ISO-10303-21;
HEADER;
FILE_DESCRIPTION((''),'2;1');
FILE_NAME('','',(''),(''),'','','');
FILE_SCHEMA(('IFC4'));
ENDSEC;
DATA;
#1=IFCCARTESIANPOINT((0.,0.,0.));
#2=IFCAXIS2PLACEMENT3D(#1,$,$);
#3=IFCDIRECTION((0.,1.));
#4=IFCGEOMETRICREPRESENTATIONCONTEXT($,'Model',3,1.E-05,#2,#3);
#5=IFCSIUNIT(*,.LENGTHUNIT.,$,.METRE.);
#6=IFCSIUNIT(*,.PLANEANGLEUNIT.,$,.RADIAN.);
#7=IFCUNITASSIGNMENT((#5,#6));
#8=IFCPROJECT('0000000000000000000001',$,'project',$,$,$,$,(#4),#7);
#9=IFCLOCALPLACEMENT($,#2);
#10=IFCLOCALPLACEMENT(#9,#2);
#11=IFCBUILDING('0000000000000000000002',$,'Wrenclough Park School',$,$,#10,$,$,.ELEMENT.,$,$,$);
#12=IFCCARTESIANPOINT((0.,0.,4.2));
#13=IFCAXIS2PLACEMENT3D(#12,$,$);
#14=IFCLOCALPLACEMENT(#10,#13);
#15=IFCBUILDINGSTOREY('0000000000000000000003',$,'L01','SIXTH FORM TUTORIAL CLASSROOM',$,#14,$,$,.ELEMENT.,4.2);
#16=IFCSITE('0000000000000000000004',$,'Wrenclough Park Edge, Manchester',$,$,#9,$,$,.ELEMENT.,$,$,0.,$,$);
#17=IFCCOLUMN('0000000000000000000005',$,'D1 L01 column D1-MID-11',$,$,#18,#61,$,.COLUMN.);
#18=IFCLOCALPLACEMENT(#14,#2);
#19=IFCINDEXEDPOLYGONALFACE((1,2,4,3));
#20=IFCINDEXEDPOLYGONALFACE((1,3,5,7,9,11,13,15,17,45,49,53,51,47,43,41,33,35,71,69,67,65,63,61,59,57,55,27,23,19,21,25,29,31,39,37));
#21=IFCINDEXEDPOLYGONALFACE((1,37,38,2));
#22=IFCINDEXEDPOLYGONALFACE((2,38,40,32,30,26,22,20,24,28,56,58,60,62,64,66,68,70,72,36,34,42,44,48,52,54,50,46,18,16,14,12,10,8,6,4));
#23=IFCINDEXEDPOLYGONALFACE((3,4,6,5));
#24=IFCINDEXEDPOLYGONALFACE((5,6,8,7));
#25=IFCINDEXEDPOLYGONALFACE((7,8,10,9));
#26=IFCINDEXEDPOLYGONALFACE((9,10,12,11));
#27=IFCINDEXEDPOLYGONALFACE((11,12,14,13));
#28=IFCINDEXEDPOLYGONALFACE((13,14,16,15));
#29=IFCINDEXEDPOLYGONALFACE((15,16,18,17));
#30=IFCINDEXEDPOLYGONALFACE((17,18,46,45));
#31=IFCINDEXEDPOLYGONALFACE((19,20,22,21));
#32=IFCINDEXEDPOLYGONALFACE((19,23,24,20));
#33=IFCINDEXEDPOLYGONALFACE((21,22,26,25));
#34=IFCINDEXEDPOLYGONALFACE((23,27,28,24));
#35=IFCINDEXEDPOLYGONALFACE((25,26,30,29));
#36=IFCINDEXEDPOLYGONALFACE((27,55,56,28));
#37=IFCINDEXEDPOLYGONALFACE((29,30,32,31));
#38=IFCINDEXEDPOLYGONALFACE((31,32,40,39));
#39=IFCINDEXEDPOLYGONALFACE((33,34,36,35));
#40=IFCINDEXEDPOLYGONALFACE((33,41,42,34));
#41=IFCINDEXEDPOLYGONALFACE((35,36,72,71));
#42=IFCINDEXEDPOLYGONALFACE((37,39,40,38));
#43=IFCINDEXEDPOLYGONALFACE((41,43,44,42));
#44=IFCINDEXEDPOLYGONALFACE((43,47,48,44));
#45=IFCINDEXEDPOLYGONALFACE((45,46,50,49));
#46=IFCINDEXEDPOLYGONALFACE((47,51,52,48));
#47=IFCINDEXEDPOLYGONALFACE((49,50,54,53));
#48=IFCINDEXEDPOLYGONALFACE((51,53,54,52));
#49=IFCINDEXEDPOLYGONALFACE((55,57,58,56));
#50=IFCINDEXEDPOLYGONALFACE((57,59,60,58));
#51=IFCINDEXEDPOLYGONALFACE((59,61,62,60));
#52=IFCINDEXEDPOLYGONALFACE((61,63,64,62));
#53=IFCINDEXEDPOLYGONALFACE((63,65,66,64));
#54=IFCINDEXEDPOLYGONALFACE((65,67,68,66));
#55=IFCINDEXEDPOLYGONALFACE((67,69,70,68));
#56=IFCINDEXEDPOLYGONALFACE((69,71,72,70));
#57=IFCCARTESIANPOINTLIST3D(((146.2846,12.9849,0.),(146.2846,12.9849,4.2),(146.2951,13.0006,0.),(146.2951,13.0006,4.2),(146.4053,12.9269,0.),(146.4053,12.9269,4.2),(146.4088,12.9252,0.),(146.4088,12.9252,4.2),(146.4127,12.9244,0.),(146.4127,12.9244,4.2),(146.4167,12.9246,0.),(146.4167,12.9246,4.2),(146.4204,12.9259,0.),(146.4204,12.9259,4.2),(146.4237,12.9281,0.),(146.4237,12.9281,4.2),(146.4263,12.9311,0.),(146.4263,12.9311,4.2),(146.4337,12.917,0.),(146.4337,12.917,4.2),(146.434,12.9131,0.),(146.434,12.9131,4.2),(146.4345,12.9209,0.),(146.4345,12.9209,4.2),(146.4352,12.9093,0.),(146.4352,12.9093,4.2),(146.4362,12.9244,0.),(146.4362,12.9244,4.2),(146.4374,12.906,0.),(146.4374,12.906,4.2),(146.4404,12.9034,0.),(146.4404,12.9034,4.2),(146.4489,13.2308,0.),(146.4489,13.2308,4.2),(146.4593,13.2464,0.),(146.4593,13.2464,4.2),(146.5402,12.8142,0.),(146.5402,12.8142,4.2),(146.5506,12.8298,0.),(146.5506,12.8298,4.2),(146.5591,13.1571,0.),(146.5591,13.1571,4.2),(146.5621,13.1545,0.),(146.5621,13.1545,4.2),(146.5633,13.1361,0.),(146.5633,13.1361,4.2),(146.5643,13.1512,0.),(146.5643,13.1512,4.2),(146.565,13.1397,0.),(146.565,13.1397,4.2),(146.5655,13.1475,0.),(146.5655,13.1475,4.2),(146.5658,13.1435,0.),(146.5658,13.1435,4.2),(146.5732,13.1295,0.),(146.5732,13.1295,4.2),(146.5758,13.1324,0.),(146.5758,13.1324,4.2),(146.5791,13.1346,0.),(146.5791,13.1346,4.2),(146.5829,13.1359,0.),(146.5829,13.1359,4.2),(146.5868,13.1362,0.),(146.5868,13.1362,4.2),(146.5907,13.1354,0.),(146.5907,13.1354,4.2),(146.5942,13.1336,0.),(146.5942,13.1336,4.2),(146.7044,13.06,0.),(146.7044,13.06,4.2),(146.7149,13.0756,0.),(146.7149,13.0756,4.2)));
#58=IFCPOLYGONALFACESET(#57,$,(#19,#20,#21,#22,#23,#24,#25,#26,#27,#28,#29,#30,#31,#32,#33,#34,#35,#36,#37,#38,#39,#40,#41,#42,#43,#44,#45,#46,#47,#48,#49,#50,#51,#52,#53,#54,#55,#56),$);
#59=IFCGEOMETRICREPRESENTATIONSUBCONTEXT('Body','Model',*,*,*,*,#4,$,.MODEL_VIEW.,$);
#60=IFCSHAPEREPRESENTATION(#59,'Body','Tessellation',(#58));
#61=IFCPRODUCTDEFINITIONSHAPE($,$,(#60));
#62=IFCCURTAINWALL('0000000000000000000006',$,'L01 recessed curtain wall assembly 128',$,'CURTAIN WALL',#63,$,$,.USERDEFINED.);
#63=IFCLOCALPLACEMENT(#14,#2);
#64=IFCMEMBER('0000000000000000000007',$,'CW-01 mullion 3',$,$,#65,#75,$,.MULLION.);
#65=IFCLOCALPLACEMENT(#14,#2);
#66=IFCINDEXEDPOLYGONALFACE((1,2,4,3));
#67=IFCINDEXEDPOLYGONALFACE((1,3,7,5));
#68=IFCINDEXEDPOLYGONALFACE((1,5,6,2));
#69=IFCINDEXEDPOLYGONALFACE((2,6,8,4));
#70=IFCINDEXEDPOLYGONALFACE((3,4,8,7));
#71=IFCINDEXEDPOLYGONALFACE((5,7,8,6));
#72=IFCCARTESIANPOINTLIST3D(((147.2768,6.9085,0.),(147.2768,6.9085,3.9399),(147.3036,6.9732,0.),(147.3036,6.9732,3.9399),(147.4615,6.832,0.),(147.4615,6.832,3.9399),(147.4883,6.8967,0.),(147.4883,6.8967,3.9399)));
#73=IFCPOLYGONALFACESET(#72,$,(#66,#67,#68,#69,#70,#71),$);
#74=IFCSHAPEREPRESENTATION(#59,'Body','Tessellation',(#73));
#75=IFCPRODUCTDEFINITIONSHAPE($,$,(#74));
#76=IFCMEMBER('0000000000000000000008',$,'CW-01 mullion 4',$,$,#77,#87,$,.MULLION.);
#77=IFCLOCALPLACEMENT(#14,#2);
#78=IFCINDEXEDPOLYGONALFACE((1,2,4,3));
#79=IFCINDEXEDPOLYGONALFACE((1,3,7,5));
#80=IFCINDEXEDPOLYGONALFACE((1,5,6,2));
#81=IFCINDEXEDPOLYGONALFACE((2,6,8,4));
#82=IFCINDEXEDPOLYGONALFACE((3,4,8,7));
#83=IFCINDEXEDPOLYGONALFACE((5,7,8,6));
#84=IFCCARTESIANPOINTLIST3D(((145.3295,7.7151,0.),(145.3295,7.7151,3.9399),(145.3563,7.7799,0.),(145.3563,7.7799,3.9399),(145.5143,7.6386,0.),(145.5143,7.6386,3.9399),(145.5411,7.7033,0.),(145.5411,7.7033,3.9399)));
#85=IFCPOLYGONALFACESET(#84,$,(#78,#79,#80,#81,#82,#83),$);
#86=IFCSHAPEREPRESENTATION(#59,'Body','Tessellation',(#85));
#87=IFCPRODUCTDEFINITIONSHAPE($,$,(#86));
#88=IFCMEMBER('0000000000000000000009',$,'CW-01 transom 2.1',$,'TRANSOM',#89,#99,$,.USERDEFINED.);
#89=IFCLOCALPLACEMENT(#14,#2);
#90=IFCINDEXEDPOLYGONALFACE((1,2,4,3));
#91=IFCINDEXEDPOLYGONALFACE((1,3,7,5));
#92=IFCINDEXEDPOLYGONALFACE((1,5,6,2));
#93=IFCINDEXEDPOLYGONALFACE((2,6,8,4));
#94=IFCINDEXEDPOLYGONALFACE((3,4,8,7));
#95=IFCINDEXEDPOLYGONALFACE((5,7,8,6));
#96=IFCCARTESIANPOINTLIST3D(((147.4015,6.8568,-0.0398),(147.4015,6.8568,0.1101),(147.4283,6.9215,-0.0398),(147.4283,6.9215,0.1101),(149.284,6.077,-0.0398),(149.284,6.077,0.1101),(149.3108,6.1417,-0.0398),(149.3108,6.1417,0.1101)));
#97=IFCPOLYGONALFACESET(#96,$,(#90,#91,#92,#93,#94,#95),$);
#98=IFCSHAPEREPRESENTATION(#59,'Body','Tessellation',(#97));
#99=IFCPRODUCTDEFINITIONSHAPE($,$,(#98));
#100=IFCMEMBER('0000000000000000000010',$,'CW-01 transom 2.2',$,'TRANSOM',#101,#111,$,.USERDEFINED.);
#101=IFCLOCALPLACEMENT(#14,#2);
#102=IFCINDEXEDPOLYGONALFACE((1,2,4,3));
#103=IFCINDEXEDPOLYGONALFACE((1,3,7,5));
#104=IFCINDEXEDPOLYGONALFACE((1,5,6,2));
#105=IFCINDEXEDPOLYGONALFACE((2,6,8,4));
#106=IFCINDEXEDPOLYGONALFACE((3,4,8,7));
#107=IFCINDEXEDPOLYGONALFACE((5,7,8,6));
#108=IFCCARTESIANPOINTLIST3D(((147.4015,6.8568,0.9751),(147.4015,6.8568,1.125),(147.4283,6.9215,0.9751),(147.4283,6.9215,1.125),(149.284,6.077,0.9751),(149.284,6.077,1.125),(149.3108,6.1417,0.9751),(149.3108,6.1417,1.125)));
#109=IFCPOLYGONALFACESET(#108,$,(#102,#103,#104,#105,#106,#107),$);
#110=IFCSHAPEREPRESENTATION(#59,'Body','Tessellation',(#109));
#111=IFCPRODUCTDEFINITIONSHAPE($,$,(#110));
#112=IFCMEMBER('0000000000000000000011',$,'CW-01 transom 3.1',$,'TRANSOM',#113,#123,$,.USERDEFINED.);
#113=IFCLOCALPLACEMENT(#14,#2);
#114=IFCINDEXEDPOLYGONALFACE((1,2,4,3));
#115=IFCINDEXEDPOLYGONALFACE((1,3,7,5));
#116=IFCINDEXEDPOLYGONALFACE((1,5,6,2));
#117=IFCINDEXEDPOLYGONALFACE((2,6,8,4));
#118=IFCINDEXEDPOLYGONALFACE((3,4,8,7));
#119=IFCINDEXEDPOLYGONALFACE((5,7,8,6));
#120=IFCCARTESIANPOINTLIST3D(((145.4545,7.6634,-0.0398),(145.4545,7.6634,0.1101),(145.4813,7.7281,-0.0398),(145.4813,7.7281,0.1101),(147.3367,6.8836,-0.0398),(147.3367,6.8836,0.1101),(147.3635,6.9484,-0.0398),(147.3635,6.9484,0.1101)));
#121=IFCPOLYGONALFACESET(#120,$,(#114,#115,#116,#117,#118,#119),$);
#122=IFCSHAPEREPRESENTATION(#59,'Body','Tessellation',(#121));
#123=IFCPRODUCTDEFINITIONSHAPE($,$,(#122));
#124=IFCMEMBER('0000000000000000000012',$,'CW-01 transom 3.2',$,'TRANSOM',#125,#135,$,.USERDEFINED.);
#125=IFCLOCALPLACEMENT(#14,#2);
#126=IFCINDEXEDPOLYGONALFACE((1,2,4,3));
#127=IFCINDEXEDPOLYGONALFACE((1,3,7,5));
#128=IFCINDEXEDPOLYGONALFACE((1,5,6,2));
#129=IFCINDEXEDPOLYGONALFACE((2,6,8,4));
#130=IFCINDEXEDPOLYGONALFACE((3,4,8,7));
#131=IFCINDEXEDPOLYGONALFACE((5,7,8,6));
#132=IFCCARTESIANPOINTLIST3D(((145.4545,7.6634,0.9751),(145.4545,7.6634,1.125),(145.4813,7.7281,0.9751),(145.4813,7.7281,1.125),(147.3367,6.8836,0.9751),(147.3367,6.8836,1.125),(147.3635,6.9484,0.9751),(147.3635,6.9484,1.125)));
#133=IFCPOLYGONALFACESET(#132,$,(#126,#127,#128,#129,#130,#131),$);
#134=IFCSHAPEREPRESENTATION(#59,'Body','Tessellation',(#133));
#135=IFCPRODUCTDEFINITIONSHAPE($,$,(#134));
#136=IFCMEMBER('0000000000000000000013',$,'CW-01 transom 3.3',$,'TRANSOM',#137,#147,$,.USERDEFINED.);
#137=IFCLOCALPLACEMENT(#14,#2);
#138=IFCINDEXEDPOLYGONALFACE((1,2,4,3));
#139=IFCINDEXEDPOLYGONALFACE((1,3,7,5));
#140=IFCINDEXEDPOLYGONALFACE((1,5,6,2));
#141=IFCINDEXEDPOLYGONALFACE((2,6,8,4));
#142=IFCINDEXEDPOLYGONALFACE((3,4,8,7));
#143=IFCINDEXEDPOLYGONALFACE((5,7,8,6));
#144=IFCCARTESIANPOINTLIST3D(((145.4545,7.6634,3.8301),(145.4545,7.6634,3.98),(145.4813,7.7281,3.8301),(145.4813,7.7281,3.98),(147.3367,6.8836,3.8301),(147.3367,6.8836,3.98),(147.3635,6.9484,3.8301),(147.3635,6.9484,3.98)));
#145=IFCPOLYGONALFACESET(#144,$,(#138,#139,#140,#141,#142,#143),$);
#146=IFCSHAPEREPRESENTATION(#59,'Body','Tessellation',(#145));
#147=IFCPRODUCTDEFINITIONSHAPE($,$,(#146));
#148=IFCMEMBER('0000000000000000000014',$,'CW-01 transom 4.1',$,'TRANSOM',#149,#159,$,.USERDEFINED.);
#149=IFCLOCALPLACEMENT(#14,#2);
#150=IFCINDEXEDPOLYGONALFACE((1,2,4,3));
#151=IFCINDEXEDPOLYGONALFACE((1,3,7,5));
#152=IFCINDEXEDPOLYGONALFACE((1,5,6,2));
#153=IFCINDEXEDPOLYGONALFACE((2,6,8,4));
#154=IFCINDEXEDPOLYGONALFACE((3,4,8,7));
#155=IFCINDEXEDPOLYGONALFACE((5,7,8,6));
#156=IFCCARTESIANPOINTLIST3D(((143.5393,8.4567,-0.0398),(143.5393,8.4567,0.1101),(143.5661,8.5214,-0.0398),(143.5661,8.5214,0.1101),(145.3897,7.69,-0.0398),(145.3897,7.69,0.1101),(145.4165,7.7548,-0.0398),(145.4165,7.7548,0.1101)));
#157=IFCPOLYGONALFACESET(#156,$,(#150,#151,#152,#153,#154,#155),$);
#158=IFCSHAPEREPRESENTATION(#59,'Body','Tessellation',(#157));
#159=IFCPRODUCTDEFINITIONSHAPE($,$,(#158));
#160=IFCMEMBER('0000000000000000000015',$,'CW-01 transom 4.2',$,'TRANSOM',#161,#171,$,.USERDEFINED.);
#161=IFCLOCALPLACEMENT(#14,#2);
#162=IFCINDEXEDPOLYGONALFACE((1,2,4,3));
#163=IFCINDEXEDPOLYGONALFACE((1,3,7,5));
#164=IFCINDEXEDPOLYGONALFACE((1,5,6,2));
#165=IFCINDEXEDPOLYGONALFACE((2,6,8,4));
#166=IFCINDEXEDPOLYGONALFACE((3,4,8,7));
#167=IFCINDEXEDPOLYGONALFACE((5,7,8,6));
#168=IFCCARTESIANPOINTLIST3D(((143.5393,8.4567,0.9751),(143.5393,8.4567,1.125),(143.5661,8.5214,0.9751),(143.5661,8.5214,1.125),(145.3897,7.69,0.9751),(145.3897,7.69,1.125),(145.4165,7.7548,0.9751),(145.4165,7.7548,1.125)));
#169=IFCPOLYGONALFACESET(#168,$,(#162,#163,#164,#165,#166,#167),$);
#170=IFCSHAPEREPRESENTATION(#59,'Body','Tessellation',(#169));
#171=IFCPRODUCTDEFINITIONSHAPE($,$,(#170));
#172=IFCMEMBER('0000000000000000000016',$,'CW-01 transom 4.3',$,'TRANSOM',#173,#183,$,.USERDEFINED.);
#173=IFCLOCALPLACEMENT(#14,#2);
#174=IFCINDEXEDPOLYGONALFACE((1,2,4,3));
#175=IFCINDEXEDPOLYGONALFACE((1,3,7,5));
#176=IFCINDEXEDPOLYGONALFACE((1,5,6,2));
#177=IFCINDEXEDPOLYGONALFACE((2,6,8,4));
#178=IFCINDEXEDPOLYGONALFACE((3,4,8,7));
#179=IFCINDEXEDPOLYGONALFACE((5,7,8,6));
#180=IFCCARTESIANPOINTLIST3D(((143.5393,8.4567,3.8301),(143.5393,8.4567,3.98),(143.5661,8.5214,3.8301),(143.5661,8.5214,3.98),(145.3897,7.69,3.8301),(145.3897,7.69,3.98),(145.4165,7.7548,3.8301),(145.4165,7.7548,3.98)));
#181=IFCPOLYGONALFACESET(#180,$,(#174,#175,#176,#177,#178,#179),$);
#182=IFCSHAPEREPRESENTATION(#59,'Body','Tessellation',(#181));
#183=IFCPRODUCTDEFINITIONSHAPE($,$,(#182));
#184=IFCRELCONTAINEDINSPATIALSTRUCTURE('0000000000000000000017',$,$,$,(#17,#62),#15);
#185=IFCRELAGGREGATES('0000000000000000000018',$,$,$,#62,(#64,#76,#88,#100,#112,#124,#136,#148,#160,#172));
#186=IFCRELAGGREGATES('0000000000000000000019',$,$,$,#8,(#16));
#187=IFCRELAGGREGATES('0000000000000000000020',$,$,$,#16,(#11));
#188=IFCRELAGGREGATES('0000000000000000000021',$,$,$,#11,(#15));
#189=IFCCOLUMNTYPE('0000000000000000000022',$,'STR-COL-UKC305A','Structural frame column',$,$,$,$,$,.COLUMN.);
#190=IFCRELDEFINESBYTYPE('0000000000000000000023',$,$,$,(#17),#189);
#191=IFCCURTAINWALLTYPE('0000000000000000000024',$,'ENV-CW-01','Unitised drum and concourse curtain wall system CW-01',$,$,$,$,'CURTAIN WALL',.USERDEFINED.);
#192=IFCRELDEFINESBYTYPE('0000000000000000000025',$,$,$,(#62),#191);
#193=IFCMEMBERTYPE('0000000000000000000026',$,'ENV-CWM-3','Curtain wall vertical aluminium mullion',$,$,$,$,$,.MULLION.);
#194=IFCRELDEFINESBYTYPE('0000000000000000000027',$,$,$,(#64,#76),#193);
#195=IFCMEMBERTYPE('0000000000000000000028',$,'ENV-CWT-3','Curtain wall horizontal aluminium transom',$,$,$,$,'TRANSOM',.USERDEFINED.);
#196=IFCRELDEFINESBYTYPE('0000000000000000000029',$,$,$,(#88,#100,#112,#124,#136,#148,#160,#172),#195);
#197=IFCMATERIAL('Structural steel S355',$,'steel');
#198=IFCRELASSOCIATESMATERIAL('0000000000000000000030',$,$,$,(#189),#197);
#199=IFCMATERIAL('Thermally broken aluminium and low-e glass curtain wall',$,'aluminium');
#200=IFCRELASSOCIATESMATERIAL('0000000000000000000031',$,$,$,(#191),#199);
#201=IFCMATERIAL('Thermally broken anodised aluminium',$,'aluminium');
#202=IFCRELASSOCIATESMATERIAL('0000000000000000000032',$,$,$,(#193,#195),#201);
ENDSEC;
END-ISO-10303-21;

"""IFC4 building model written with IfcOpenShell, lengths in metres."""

from ifc_helpers import new_model, si_unit, direction, frame, origin, origin_2d, place, context, subcontext, project, spatial, rectangle, i_section, extrude, material, material_profile, profile_set, type_object, element, aggregate, save


model = new_model("IFC4")

# Units and contexts
model_context = context("Model", 3, precision=1e-05, world=origin(), true_north=direction((0.0, 1.0)))
body_context = subcontext(model_context, "Body", "Model", "MODEL_VIEW")
ifc_project = project(units=[si_unit("LENGTHUNIT", "METRE"), si_unit("PLANEANGLEUNIT", "RADIAN")], contexts=[model_context])

# Site, building, storey
site_placement = place(None, origin())
site = spatial("IfcSite", under=ifc_project, at=site_placement, Name="Wrenclough Park Edge, Manchester", CompositionType="ELEMENT", RefElevation=0.0)
building_placement = place(site_placement, origin())
building = spatial("IfcBuilding", under=site, at=building_placement, Name="Wrenclough Park School", CompositionType="ELEMENT")
storey_placement = place(building_placement, frame((0.0, 0.0, 4.2)))
storey = spatial("IfcBuildingStorey", under=building, at=storey_placement, Name="L01", Description="SIXTH FORM TUTORIAL CLASSROOM", CompositionType="ELEMENT", Elevation=4.2)

# Column
ifc_material_1 = material(Name="Structural steel S355", Category="steel")
ifc_material_profile_1 = material_profile(ifc_material_1, i_section(OverallWidth=0.3074, OverallDepth=0.3145, WebThickness=0.012, FlangeThickness=0.0188, FilletRadius=0.0151, at=origin_2d()), Name="UKC 305x305x118")
ifc_profile_set_1 = profile_set([ifc_material_profile_1], Name="Structural steel S355")
column_type = type_object("IfcColumnType", Name="STR-COL-UKC305A", Description="Structural frame column", PredefinedType="COLUMN", material=ifc_profile_set_1)
column_placement = place(storey_placement, frame((146.4998, 13.0303, 0.0), z_axis=(0.0, 0.0, 1.0), x_axis=(0.83147, -0.55557, 0.0)))
element("IfcColumn", 1, at=column_placement, inside=storey, type_object=column_type, Name="D1 L01 column D1-MID-11", PredefinedType="COLUMN", context=body_context, shape_type="SweptSolid", body=[
    extrude(i_section(OverallWidth=0.3074, OverallDepth=0.3145, WebThickness=0.012, FlangeThickness=0.0188, FilletRadius=0.0151, at=origin_2d()), origin(), (0.0, 0.0, 1.0), 4.2),
])

# Curtain wall, members
ifc_material_2 = material(Name="Thermally broken aluminium and low-e glass curtain wall", Category="aluminium")
curtain_wall_type = type_object("IfcCurtainWallType", Name="ENV-CW-01", Description="Unitised drum and concourse curtain wall system CW-01", ElementType="CURTAIN WALL", PredefinedType="USERDEFINED", material=ifc_material_2)
curtain_wall_placement = place(storey_placement, origin())
curtain_wall = element("IfcCurtainWall", 2, at=curtain_wall_placement, inside=storey, type_object=curtain_wall_type, Name="L01 recessed curtain wall assembly 128", ObjectType="CURTAIN WALL", PredefinedType="USERDEFINED")
ifc_material_3 = material(Name="Thermally broken anodised aluminium", Category="aluminium")
ifc_material_profile_2 = material_profile(ifc_material_3, rectangle(XDim=0.0701, YDim=0.2, at=origin_2d()), Name="AL MULLION 70x200")
ifc_profile_set_2 = profile_set([ifc_material_profile_2], Name="Thermally broken anodised aluminium")
member_type_1 = type_object("IfcMemberType", Name="ENV-CWM-3", Description="Curtain wall vertical aluminium mullion", PredefinedType="MULLION", material=ifc_profile_set_2)
member_1_placement = place(storey_placement, frame((147.3826, 6.9026, 0.0), z_axis=(0.0, 0.0, 1.0), x_axis=(-0.382687, -0.923878, 0.0)))
member_1 = element("IfcMember", 3, at=member_1_placement, type_object=member_type_1, Name="CW-01 mullion 3", PredefinedType="MULLION", context=body_context, shape_type="SweptSolid", body=[
    extrude(rectangle(XDim=0.0701, YDim=0.2, at=origin_2d()), origin(), (0.0, 0.0, 1.0), 3.9399),
])
member_2_placement = place(storey_placement, frame((145.4353, 7.7092, 0.0), z_axis=(0.0, 0.0, 1.0), x_axis=(-0.382687, -0.923878, 0.0)))
member_2 = element("IfcMember", 4, at=member_2_placement, type_object=member_type_1, Name="CW-01 mullion 4", PredefinedType="MULLION", context=body_context, shape_type="SweptSolid", body=[
    extrude(rectangle(XDim=0.0701, YDim=0.2, at=origin_2d()), origin(), (0.0, 0.0, 1.0), 3.9399),
])
ifc_material_profile_3 = material_profile(ifc_material_3, rectangle(XDim=0.0701, YDim=0.1499, at=origin_2d()), Name="AL TRANSOM 70x150")
ifc_profile_set_3 = profile_set([ifc_material_profile_3], Name="Thermally broken anodised aluminium")
member_type_2 = type_object("IfcMemberType", Name="ENV-CWT-3", Description="Curtain wall horizontal aluminium transom", ElementType="TRANSOM", PredefinedType="USERDEFINED", material=ifc_profile_set_3)
member_3_placement = place(storey_placement, frame((149.2974, 6.1094, 0.0352), z_axis=(-0.92388, 0.382683, 0.0), x_axis=(-0.382683, -0.92388, 0.0)))
member_3 = element("IfcMember", 5, at=member_3_placement, type_object=member_type_2, Name="CW-01 transom 2.1", ObjectType="TRANSOM", PredefinedType="USERDEFINED", context=body_context, shape_type="SweptSolid", body=[
    extrude(rectangle(XDim=0.0701, YDim=0.1499, at=origin_2d()), origin(), (0.0, 0.0, 1.0), 2.0376),
])
member_4_placement = place(storey_placement, frame((149.2974, 6.1094, 1.05), z_axis=(-0.92388, 0.382683, 0.0), x_axis=(-0.382683, -0.92388, 0.0)))
member_4 = element("IfcMember", 6, at=member_4_placement, type_object=member_type_2, Name="CW-01 transom 2.2", ObjectType="TRANSOM", PredefinedType="USERDEFINED", context=body_context, shape_type="SweptSolid", body=[
    extrude(rectangle(XDim=0.0701, YDim=0.1499, at=origin_2d()), origin(), (0.0, 0.0, 1.0), 2.0376),
])
member_5_placement = place(storey_placement, frame((147.3501, 6.916, 0.0352), z_axis=(-0.923862, 0.382726, 0.0), x_axis=(-0.382726, -0.923862, 0.0)))
member_5 = element("IfcMember", 7, at=member_5_placement, type_object=member_type_2, Name="CW-01 transom 3.1", ObjectType="TRANSOM", PredefinedType="USERDEFINED", context=body_context, shape_type="SweptSolid", body=[
    extrude(rectangle(XDim=0.0701, YDim=0.1499, at=origin_2d()), origin(), (0.0, 0.0, 1.0), 2.0374),
])
member_6_placement = place(storey_placement, frame((147.3501, 6.916, 1.05), z_axis=(-0.923862, 0.382726, 0.0), x_axis=(-0.382726, -0.923862, 0.0)))
member_6 = element("IfcMember", 8, at=member_6_placement, type_object=member_type_2, Name="CW-01 transom 3.2", ObjectType="TRANSOM", PredefinedType="USERDEFINED", context=body_context, shape_type="SweptSolid", body=[
    extrude(rectangle(XDim=0.0701, YDim=0.1499, at=origin_2d()), origin(), (0.0, 0.0, 1.0), 2.0374),
])
member_7_placement = place(storey_placement, frame((147.3501, 6.916, 3.905), z_axis=(-0.923862, 0.382726, 0.0), x_axis=(-0.382726, -0.923862, 0.0)))
member_7 = element("IfcMember", 9, at=member_7_placement, type_object=member_type_2, Name="CW-01 transom 3.3", ObjectType="TRANSOM", PredefinedType="USERDEFINED", context=body_context, shape_type="SweptSolid", body=[
    extrude(rectangle(XDim=0.0701, YDim=0.1499, at=origin_2d()), origin(), (0.0, 0.0, 1.0), 2.0374),
])
member_8_placement = place(storey_placement, frame((145.4031, 7.7224, 0.0352), z_axis=(-0.92385, 0.382754, 0.0), x_axis=(-0.382754, -0.92385, 0.0)))
member_8 = element("IfcMember", 10, at=member_8_placement, type_object=member_type_2, Name="CW-01 transom 4.1", ObjectType="TRANSOM", PredefinedType="USERDEFINED", context=body_context, shape_type="SweptSolid", body=[
    extrude(rectangle(XDim=0.0701, YDim=0.1499, at=origin_2d()), origin(), (0.0, 0.0, 1.0), 2.0029),
])
member_9_placement = place(storey_placement, frame((145.4031, 7.7224, 1.05), z_axis=(-0.92385, 0.382754, 0.0), x_axis=(-0.382754, -0.92385, 0.0)))
member_9 = element("IfcMember", 11, at=member_9_placement, type_object=member_type_2, Name="CW-01 transom 4.2", ObjectType="TRANSOM", PredefinedType="USERDEFINED", context=body_context, shape_type="SweptSolid", body=[
    extrude(rectangle(XDim=0.0701, YDim=0.1499, at=origin_2d()), origin(), (0.0, 0.0, 1.0), 2.0029),
])
member_10_placement = place(storey_placement, frame((145.4031, 7.7224, 3.905), z_axis=(-0.92385, 0.382754, 0.0), x_axis=(-0.382754, -0.92385, 0.0)))
member_10 = element("IfcMember", 12, at=member_10_placement, type_object=member_type_2, Name="CW-01 transom 4.3", ObjectType="TRANSOM", PredefinedType="USERDEFINED", context=body_context, shape_type="SweptSolid", body=[
    extrude(rectangle(XDim=0.0701, YDim=0.1499, at=origin_2d()), origin(), (0.0, 0.0, 1.0), 2.0029),
])
aggregate(curtain_wall, [member_1, member_2, member_3, member_4, member_5, member_6, member_7, member_8, member_9, member_10])

save(model, "model.ifc")
